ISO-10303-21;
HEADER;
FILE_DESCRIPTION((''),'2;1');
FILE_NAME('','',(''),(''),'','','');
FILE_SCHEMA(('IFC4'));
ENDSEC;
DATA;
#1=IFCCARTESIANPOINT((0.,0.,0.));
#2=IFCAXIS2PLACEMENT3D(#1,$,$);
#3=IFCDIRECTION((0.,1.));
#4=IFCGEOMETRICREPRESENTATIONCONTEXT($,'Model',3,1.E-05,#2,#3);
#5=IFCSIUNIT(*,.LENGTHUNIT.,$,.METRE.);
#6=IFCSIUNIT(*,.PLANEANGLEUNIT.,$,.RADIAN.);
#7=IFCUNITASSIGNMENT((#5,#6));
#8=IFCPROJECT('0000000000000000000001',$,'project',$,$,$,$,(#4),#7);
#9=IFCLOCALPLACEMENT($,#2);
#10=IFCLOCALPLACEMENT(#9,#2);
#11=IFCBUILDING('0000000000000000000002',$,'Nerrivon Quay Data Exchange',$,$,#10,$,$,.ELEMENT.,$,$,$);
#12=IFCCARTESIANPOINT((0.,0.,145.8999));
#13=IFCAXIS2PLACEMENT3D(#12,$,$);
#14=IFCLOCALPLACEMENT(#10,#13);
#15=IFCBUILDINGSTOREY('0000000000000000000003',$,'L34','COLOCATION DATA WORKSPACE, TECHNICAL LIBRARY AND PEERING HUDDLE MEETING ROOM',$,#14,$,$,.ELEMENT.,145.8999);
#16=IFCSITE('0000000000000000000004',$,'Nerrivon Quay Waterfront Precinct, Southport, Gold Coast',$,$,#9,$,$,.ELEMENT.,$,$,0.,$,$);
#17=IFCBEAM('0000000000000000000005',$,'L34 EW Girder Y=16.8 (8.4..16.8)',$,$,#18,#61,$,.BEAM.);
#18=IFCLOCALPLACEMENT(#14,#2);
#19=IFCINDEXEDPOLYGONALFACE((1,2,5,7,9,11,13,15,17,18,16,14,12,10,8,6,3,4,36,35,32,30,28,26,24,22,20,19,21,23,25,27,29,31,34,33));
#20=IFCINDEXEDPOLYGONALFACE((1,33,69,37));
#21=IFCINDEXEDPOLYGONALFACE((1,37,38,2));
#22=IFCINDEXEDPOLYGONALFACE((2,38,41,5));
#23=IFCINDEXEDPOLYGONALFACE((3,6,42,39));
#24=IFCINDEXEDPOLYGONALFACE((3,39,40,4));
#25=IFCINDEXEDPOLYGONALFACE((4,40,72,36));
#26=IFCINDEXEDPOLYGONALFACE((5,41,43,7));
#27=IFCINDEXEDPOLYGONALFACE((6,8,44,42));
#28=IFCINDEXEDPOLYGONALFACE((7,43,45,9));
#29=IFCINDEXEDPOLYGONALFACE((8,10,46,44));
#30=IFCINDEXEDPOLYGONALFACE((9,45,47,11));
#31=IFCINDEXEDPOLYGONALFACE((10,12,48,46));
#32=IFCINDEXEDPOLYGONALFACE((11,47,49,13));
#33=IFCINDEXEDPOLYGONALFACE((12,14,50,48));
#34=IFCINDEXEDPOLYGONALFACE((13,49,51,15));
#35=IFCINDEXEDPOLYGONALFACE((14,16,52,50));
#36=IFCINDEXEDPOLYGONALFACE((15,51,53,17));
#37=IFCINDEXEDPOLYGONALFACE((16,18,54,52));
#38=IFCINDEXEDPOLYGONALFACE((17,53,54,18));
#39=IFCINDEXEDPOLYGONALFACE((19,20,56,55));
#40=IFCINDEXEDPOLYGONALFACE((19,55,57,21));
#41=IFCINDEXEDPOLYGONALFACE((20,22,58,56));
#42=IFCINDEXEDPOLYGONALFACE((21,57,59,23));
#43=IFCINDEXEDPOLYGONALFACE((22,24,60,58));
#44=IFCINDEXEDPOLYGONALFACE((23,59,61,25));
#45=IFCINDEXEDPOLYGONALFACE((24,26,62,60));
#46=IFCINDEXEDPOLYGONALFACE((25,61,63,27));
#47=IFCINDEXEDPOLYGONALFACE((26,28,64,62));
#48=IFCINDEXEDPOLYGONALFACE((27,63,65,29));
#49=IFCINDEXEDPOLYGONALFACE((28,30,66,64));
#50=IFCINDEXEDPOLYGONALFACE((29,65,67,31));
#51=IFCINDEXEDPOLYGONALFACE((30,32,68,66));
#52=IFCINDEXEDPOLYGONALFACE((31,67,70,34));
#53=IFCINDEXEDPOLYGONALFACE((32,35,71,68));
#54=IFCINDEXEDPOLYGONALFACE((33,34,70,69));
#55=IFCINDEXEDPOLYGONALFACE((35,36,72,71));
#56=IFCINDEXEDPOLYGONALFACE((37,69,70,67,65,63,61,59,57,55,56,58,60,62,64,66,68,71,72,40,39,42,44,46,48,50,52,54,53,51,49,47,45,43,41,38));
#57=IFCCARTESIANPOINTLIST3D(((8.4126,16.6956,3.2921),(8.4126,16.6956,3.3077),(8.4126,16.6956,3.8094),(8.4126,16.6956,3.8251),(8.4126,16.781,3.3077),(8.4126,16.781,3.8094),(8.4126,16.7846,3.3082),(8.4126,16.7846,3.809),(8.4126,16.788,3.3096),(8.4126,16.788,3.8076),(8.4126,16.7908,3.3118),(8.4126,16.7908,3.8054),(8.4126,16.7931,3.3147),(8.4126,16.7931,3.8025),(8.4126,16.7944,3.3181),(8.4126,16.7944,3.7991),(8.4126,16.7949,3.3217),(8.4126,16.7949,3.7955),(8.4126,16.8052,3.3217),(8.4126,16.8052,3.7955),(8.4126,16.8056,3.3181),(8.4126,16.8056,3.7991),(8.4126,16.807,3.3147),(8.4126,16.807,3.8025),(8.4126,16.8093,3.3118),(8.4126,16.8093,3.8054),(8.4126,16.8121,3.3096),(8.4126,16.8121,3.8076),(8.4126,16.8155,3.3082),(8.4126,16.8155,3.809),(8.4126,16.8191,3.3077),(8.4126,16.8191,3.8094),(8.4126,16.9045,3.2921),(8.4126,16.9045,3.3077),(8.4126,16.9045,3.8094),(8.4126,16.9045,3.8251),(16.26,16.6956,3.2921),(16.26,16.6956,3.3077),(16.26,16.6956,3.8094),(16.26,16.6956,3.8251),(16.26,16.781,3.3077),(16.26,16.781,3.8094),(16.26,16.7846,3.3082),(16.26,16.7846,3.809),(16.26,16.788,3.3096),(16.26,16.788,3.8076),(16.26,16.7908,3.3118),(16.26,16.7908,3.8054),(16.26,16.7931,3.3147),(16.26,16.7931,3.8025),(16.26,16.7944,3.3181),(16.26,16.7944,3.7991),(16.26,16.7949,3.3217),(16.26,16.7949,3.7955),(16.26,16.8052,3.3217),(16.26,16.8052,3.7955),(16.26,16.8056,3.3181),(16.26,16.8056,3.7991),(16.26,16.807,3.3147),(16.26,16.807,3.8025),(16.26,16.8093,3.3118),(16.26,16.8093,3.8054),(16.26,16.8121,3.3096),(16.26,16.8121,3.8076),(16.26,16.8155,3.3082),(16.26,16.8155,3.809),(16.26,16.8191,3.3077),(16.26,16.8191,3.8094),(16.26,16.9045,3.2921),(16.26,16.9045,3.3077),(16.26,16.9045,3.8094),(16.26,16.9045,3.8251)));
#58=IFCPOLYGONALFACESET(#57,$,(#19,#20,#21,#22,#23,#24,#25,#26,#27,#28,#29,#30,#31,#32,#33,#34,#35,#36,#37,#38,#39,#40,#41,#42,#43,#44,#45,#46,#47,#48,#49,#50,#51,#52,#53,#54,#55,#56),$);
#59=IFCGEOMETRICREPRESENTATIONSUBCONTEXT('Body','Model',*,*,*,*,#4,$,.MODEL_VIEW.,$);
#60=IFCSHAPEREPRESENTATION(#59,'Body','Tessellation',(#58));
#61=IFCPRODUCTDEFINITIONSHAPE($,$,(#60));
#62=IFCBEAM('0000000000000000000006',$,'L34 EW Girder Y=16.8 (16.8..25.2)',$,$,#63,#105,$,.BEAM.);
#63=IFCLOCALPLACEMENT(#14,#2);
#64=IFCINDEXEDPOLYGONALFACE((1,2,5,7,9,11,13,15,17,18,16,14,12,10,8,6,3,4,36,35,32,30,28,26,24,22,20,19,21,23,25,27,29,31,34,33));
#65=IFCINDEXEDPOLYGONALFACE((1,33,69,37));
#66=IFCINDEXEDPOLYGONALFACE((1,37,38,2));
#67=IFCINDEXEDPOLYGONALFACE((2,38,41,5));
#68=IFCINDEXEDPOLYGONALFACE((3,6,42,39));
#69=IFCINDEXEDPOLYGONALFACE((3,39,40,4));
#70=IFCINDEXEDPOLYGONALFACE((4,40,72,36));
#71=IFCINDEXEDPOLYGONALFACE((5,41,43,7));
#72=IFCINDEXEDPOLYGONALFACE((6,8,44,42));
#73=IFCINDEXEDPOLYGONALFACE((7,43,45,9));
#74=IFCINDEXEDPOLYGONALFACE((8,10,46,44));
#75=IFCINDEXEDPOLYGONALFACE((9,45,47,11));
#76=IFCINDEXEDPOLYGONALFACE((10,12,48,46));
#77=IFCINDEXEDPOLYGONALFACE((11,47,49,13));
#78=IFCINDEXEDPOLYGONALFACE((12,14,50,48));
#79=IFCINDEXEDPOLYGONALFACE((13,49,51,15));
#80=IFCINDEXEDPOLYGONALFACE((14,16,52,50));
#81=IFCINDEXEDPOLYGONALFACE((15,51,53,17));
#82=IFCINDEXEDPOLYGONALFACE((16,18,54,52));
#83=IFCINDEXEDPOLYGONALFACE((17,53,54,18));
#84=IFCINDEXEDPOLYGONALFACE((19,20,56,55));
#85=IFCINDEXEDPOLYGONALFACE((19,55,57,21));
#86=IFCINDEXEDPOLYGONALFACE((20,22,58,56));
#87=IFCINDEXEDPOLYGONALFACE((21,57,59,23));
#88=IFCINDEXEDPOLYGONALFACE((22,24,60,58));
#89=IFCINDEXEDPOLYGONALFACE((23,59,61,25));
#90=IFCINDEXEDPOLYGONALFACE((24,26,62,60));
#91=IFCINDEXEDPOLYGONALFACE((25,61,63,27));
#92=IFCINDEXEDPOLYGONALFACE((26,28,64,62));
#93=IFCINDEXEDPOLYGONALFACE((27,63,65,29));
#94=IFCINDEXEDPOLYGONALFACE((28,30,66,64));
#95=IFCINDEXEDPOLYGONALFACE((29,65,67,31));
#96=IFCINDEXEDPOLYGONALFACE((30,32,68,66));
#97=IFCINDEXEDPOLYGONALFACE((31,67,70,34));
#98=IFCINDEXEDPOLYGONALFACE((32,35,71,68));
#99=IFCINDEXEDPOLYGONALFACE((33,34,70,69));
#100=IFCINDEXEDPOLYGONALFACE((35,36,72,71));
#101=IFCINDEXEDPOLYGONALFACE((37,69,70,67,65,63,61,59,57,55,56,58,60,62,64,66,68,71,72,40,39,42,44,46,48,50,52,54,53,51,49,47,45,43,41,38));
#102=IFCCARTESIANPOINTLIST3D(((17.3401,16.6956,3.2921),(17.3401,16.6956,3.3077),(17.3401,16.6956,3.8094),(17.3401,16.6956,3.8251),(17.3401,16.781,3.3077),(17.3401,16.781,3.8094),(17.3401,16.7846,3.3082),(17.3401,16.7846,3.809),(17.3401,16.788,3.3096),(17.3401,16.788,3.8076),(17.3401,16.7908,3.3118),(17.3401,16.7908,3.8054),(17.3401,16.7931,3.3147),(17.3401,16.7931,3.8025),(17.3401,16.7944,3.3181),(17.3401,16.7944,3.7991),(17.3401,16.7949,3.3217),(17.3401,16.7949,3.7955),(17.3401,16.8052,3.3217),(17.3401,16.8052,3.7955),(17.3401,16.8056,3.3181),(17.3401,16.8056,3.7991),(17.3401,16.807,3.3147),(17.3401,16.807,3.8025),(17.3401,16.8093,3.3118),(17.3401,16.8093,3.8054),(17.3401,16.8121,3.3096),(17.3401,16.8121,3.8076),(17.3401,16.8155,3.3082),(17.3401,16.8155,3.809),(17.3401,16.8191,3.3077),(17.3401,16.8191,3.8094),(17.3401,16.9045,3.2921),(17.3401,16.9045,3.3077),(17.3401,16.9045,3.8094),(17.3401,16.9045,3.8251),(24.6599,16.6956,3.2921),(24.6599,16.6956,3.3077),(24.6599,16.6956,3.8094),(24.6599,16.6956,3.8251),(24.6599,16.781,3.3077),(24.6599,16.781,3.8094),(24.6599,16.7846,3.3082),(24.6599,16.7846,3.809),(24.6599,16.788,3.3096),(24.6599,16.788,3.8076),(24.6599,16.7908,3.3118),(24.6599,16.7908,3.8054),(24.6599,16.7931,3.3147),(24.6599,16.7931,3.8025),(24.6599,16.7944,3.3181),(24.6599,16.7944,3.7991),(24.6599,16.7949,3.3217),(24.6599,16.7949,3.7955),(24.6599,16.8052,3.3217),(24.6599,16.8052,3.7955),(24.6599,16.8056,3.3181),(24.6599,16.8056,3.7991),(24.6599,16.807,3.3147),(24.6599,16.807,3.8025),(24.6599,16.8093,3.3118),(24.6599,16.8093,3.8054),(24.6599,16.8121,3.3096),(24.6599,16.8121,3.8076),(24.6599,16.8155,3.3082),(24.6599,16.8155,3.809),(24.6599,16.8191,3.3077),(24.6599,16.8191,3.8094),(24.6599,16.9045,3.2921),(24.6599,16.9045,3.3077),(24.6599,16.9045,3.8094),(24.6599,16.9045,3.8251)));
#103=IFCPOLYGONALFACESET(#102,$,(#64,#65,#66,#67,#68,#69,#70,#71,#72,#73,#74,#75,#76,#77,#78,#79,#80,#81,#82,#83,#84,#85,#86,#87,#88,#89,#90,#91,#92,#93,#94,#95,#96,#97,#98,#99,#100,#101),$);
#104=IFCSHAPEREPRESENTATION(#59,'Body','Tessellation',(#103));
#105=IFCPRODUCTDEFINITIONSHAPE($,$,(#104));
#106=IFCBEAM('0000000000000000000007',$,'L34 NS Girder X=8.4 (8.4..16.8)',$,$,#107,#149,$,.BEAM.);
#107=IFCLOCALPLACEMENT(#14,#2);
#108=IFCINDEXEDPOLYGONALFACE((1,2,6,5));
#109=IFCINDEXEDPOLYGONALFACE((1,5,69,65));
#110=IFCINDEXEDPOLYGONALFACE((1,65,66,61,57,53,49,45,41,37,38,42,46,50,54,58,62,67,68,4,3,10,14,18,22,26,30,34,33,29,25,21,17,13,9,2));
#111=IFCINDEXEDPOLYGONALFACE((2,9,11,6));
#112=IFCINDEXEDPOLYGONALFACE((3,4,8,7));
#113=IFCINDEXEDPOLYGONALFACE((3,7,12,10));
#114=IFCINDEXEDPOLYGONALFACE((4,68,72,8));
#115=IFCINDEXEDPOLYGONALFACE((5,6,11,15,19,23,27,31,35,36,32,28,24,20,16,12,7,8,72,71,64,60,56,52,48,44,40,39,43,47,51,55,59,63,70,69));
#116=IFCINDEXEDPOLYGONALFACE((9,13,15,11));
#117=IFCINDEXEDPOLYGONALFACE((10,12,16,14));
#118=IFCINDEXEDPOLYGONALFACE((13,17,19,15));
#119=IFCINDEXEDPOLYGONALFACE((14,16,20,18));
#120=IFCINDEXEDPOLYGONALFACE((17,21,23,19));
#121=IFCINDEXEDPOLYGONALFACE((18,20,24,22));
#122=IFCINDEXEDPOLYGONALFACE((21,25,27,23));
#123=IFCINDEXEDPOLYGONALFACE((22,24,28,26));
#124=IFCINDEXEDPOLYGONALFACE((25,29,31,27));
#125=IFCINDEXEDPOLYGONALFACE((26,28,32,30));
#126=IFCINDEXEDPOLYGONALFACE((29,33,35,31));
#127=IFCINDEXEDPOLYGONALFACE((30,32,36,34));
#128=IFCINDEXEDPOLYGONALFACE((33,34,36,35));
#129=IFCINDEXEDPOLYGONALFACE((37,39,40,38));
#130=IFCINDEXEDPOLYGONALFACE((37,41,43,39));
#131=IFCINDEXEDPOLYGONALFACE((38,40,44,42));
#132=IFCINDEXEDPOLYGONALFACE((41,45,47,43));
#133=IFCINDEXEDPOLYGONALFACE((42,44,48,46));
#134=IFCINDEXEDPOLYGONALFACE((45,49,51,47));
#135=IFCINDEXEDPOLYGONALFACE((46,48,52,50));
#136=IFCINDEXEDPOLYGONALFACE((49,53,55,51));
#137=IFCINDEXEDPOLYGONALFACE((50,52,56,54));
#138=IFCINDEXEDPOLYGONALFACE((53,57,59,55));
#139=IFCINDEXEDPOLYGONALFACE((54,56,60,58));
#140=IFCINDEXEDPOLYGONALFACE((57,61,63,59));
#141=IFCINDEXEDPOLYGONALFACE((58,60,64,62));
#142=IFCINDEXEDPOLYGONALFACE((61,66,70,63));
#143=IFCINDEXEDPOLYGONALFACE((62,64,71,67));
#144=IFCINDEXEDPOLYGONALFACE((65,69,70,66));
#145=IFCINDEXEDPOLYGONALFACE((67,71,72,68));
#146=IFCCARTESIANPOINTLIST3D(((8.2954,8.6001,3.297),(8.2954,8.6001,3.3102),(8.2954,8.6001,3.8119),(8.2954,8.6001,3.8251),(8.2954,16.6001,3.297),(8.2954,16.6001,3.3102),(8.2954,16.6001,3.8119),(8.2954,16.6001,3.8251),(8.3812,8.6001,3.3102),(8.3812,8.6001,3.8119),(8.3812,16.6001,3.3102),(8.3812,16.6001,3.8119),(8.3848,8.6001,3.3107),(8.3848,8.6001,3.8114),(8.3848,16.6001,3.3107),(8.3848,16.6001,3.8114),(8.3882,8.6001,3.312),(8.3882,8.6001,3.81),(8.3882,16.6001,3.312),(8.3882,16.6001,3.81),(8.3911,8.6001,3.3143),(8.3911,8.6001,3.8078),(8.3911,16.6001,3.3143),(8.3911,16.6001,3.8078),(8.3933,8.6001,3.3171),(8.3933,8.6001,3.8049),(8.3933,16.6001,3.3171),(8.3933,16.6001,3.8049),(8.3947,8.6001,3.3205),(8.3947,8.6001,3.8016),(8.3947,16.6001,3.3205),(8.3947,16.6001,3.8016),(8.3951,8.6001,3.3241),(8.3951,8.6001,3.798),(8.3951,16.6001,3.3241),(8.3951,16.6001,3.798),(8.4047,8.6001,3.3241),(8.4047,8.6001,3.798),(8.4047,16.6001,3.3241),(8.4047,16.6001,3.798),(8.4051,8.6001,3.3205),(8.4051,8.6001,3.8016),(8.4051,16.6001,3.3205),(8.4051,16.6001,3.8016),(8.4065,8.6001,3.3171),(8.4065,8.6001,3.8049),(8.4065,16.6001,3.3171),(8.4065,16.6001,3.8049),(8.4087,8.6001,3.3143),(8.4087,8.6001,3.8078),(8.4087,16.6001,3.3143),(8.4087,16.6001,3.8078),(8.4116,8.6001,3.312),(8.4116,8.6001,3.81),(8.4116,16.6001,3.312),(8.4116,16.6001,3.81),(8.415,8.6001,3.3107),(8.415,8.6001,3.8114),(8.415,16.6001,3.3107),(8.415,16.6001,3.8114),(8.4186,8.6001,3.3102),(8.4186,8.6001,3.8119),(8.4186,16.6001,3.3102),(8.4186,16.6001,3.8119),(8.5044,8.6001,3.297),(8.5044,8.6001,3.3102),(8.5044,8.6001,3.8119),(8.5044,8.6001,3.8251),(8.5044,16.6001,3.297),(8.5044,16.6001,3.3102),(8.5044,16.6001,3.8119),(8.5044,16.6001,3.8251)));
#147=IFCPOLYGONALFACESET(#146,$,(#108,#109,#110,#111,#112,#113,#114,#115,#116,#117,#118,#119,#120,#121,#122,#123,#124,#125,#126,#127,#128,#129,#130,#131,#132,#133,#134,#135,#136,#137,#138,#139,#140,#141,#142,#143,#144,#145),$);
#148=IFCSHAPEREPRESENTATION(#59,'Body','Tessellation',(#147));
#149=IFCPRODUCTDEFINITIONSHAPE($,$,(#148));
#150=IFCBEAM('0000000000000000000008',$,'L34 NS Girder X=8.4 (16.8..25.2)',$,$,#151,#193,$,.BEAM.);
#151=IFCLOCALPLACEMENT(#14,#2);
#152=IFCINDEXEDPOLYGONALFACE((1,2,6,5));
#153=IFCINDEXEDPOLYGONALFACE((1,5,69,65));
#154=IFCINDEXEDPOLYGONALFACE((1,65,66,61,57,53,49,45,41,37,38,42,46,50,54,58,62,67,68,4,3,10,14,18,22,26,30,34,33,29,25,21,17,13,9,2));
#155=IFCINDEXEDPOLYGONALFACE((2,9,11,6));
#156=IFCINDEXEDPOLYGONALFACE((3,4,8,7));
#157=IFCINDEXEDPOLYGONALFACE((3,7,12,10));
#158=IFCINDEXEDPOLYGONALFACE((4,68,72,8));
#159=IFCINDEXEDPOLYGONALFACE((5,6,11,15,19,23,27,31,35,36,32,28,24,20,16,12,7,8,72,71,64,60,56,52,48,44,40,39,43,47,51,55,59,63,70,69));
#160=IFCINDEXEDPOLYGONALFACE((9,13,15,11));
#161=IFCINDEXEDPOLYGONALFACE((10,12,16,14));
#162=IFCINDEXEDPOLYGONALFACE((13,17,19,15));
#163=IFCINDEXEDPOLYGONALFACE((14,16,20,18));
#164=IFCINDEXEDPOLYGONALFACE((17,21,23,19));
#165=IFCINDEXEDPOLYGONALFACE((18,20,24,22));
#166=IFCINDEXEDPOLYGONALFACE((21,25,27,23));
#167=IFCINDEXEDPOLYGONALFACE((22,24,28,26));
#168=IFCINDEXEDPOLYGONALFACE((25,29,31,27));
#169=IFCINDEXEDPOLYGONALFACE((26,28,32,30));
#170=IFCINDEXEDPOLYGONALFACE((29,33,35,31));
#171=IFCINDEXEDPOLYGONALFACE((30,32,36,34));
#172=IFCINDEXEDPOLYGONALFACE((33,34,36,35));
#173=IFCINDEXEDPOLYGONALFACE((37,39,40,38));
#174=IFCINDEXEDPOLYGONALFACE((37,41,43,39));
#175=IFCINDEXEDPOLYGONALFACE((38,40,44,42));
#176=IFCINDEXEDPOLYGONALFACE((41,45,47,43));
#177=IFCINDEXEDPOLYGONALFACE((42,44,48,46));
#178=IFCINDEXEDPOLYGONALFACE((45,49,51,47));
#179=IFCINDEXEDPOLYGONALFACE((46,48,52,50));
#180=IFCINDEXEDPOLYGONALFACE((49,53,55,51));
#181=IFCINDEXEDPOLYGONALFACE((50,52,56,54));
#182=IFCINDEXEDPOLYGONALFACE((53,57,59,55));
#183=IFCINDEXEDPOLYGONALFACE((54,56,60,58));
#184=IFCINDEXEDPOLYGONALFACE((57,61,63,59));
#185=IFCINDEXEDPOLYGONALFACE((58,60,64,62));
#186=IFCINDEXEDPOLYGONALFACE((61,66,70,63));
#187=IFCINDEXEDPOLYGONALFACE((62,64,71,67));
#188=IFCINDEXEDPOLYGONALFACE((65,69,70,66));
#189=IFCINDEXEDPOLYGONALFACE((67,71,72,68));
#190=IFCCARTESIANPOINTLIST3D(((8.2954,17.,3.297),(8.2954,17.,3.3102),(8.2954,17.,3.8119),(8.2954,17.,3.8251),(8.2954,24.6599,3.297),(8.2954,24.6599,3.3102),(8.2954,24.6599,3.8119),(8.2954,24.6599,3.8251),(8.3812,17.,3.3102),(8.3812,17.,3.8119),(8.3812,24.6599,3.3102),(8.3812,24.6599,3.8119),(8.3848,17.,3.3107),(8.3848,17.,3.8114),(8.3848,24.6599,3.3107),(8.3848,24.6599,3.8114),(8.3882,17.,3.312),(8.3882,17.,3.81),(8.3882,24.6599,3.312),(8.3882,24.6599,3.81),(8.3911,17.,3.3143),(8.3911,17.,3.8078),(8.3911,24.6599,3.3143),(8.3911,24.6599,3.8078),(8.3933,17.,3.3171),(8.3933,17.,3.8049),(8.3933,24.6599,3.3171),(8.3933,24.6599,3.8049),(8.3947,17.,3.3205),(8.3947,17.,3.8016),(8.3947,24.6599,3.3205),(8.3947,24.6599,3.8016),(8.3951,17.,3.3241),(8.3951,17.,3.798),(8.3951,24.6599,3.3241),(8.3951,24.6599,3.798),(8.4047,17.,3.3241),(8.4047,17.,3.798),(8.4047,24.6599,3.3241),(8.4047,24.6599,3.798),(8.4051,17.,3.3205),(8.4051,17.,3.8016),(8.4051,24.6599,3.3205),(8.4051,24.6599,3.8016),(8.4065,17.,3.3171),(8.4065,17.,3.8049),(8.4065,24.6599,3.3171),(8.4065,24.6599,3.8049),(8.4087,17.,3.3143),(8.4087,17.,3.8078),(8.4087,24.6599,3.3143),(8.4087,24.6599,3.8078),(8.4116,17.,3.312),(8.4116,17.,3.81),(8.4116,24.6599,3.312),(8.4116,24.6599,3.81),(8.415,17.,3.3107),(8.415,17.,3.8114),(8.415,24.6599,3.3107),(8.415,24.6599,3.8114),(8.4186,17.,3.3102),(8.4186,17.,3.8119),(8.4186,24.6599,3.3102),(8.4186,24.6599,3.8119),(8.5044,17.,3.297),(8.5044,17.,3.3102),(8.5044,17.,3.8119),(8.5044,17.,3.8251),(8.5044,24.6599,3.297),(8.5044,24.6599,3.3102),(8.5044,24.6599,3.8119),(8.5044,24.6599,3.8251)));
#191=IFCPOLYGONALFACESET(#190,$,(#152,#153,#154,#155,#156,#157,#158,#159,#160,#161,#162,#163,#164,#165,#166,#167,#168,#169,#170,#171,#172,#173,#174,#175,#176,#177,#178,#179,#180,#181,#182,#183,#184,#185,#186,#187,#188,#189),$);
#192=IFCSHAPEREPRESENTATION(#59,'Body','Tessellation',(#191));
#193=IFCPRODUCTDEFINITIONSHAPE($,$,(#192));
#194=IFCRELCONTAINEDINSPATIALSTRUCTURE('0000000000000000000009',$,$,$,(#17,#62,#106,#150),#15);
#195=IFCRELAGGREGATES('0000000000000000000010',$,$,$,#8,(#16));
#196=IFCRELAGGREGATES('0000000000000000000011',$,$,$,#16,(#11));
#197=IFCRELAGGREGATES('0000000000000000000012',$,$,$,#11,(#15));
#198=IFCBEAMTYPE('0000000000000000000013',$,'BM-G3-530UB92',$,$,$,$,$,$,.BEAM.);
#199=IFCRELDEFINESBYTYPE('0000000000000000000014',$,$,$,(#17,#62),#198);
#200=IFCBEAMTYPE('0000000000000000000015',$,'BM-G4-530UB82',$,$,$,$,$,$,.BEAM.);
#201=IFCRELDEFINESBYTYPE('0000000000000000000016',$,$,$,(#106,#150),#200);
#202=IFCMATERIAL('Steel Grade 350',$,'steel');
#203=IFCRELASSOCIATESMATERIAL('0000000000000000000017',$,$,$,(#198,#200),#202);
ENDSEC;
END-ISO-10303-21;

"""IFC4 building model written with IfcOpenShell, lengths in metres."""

from ifc_helpers import new_model, si_unit, direction, frame, origin, origin_2d, place, context, subcontext, project, spatial, i_section, extrude, material, material_profile, profile_set, type_object, element, save


model = new_model("IFC4")

# Units and contexts
model_context = context("Model", 3, precision=1e-05, world=origin(), true_north=direction((0.0, 1.0)))
body_context = subcontext(model_context, "Body", "Model", "MODEL_VIEW")
ifc_project = project(units=[si_unit("LENGTHUNIT", "METRE"), si_unit("PLANEANGLEUNIT", "RADIAN")], contexts=[model_context])

# Site, building, storey
site_placement = place(None, origin())
site = spatial("IfcSite", under=ifc_project, at=site_placement, Name="Nerrivon Quay Waterfront Precinct, Southport, Gold Coast", CompositionType="ELEMENT", RefElevation=0.0)
building_placement = place(site_placement, origin())
building = spatial("IfcBuilding", under=site, at=building_placement, Name="Nerrivon Quay Data Exchange", CompositionType="ELEMENT")
storey_placement = place(building_placement, frame((0.0, 0.0, 145.8999)))
storey = spatial("IfcBuildingStorey", under=building, at=storey_placement, Name="L34", Description="COLOCATION DATA WORKSPACE, TECHNICAL LIBRARY AND PEERING HUDDLE MEETING ROOM", CompositionType="ELEMENT", Elevation=145.8999)

# Shared definitions
ifc_material_1 = material(Name="Steel Grade 350", Category="steel")

# Beams
ifc_material_profile_1 = material_profile(ifc_material_1, i_section(OverallWidth=0.209, OverallDepth=0.533, WebThickness=0.0103, FlangeThickness=0.0156, FilletRadius=0.0139, at=origin_2d()), Name="530UB92.4")
ifc_profile_set_1 = profile_set([ifc_material_profile_1], Name="Steel Grade 350")
beam_type_1 = type_object("IfcBeamType", Name="BM-G3-530UB92", PredefinedType="BEAM", material=ifc_profile_set_1)
beam_1_placement = place(storey_placement, frame((8.4126, 16.8, 3.5586), z_axis=(1.0, 0.0, 0.0), x_axis=(0.0, 1.0, 0.0)))
element("IfcBeam", 1, at=beam_1_placement, inside=storey, type_object=beam_type_1, Name="L34 EW Girder Y=16.8 (8.4..16.8)", PredefinedType="BEAM", context=body_context, shape_type="SweptSolid", body=[
    extrude(i_section(OverallWidth=0.209, OverallDepth=0.533, WebThickness=0.0103, FlangeThickness=0.0156, FilletRadius=0.0139, at=origin_2d()), origin(), (0.0, 0.0, 1.0), 7.8474),
])
beam_2_placement = place(storey_placement, frame((17.3401, 16.8, 3.5586), z_axis=(1.0, 0.0, 0.0), x_axis=(0.0, 1.0, 0.0)))
element("IfcBeam", 2, at=beam_2_placement, inside=storey, type_object=beam_type_1, Name="L34 EW Girder Y=16.8 (16.8..25.2)", PredefinedType="BEAM", context=body_context, shape_type="SweptSolid", body=[
    extrude(i_section(OverallWidth=0.209, OverallDepth=0.533, WebThickness=0.0103, FlangeThickness=0.0156, FilletRadius=0.0139, at=origin_2d()), origin(), (0.0, 0.0, 1.0), 7.3198),
])
ifc_material_profile_2 = material_profile(ifc_material_1, i_section(OverallWidth=0.209, OverallDepth=0.5281, WebThickness=0.0095, FlangeThickness=0.0132, FilletRadius=0.0139, at=origin_2d()), Name="530UB82.0")
ifc_profile_set_2 = profile_set([ifc_material_profile_2], Name="Steel Grade 350")
beam_type_2 = type_object("IfcBeamType", Name="BM-G4-530UB82", PredefinedType="BEAM", material=ifc_profile_set_2)
beam_3_placement = place(storey_placement, frame((8.3999, 8.6001, 3.561), z_axis=(0.0, 1.0, 0.0), x_axis=(-1.0, 0.0, 0.0)))
element("IfcBeam", 3, at=beam_3_placement, inside=storey, type_object=beam_type_2, Name="L34 NS Girder X=8.4 (8.4..16.8)", PredefinedType="BEAM", context=body_context, shape_type="SweptSolid", body=[
    extrude(i_section(OverallWidth=0.209, OverallDepth=0.5281, WebThickness=0.0095, FlangeThickness=0.0132, FilletRadius=0.0139, at=origin_2d()), origin(), (0.0, 0.0, 1.0), 8.0),
])
beam_4_placement = place(storey_placement, frame((8.3999, 17.0, 3.561), z_axis=(0.0, 1.0, 0.0), x_axis=(-1.0, 0.0, 0.0)))
element("IfcBeam", 4, at=beam_4_placement, inside=storey, type_object=beam_type_2, Name="L34 NS Girder X=8.4 (16.8..25.2)", PredefinedType="BEAM", context=body_context, shape_type="SweptSolid", body=[
    extrude(i_section(OverallWidth=0.209, OverallDepth=0.5281, WebThickness=0.0095, FlangeThickness=0.0132, FilletRadius=0.0139, at=origin_2d()), origin(), (0.0, 0.0, 1.0), 7.6599),
])

save(model, "model.ifc")
